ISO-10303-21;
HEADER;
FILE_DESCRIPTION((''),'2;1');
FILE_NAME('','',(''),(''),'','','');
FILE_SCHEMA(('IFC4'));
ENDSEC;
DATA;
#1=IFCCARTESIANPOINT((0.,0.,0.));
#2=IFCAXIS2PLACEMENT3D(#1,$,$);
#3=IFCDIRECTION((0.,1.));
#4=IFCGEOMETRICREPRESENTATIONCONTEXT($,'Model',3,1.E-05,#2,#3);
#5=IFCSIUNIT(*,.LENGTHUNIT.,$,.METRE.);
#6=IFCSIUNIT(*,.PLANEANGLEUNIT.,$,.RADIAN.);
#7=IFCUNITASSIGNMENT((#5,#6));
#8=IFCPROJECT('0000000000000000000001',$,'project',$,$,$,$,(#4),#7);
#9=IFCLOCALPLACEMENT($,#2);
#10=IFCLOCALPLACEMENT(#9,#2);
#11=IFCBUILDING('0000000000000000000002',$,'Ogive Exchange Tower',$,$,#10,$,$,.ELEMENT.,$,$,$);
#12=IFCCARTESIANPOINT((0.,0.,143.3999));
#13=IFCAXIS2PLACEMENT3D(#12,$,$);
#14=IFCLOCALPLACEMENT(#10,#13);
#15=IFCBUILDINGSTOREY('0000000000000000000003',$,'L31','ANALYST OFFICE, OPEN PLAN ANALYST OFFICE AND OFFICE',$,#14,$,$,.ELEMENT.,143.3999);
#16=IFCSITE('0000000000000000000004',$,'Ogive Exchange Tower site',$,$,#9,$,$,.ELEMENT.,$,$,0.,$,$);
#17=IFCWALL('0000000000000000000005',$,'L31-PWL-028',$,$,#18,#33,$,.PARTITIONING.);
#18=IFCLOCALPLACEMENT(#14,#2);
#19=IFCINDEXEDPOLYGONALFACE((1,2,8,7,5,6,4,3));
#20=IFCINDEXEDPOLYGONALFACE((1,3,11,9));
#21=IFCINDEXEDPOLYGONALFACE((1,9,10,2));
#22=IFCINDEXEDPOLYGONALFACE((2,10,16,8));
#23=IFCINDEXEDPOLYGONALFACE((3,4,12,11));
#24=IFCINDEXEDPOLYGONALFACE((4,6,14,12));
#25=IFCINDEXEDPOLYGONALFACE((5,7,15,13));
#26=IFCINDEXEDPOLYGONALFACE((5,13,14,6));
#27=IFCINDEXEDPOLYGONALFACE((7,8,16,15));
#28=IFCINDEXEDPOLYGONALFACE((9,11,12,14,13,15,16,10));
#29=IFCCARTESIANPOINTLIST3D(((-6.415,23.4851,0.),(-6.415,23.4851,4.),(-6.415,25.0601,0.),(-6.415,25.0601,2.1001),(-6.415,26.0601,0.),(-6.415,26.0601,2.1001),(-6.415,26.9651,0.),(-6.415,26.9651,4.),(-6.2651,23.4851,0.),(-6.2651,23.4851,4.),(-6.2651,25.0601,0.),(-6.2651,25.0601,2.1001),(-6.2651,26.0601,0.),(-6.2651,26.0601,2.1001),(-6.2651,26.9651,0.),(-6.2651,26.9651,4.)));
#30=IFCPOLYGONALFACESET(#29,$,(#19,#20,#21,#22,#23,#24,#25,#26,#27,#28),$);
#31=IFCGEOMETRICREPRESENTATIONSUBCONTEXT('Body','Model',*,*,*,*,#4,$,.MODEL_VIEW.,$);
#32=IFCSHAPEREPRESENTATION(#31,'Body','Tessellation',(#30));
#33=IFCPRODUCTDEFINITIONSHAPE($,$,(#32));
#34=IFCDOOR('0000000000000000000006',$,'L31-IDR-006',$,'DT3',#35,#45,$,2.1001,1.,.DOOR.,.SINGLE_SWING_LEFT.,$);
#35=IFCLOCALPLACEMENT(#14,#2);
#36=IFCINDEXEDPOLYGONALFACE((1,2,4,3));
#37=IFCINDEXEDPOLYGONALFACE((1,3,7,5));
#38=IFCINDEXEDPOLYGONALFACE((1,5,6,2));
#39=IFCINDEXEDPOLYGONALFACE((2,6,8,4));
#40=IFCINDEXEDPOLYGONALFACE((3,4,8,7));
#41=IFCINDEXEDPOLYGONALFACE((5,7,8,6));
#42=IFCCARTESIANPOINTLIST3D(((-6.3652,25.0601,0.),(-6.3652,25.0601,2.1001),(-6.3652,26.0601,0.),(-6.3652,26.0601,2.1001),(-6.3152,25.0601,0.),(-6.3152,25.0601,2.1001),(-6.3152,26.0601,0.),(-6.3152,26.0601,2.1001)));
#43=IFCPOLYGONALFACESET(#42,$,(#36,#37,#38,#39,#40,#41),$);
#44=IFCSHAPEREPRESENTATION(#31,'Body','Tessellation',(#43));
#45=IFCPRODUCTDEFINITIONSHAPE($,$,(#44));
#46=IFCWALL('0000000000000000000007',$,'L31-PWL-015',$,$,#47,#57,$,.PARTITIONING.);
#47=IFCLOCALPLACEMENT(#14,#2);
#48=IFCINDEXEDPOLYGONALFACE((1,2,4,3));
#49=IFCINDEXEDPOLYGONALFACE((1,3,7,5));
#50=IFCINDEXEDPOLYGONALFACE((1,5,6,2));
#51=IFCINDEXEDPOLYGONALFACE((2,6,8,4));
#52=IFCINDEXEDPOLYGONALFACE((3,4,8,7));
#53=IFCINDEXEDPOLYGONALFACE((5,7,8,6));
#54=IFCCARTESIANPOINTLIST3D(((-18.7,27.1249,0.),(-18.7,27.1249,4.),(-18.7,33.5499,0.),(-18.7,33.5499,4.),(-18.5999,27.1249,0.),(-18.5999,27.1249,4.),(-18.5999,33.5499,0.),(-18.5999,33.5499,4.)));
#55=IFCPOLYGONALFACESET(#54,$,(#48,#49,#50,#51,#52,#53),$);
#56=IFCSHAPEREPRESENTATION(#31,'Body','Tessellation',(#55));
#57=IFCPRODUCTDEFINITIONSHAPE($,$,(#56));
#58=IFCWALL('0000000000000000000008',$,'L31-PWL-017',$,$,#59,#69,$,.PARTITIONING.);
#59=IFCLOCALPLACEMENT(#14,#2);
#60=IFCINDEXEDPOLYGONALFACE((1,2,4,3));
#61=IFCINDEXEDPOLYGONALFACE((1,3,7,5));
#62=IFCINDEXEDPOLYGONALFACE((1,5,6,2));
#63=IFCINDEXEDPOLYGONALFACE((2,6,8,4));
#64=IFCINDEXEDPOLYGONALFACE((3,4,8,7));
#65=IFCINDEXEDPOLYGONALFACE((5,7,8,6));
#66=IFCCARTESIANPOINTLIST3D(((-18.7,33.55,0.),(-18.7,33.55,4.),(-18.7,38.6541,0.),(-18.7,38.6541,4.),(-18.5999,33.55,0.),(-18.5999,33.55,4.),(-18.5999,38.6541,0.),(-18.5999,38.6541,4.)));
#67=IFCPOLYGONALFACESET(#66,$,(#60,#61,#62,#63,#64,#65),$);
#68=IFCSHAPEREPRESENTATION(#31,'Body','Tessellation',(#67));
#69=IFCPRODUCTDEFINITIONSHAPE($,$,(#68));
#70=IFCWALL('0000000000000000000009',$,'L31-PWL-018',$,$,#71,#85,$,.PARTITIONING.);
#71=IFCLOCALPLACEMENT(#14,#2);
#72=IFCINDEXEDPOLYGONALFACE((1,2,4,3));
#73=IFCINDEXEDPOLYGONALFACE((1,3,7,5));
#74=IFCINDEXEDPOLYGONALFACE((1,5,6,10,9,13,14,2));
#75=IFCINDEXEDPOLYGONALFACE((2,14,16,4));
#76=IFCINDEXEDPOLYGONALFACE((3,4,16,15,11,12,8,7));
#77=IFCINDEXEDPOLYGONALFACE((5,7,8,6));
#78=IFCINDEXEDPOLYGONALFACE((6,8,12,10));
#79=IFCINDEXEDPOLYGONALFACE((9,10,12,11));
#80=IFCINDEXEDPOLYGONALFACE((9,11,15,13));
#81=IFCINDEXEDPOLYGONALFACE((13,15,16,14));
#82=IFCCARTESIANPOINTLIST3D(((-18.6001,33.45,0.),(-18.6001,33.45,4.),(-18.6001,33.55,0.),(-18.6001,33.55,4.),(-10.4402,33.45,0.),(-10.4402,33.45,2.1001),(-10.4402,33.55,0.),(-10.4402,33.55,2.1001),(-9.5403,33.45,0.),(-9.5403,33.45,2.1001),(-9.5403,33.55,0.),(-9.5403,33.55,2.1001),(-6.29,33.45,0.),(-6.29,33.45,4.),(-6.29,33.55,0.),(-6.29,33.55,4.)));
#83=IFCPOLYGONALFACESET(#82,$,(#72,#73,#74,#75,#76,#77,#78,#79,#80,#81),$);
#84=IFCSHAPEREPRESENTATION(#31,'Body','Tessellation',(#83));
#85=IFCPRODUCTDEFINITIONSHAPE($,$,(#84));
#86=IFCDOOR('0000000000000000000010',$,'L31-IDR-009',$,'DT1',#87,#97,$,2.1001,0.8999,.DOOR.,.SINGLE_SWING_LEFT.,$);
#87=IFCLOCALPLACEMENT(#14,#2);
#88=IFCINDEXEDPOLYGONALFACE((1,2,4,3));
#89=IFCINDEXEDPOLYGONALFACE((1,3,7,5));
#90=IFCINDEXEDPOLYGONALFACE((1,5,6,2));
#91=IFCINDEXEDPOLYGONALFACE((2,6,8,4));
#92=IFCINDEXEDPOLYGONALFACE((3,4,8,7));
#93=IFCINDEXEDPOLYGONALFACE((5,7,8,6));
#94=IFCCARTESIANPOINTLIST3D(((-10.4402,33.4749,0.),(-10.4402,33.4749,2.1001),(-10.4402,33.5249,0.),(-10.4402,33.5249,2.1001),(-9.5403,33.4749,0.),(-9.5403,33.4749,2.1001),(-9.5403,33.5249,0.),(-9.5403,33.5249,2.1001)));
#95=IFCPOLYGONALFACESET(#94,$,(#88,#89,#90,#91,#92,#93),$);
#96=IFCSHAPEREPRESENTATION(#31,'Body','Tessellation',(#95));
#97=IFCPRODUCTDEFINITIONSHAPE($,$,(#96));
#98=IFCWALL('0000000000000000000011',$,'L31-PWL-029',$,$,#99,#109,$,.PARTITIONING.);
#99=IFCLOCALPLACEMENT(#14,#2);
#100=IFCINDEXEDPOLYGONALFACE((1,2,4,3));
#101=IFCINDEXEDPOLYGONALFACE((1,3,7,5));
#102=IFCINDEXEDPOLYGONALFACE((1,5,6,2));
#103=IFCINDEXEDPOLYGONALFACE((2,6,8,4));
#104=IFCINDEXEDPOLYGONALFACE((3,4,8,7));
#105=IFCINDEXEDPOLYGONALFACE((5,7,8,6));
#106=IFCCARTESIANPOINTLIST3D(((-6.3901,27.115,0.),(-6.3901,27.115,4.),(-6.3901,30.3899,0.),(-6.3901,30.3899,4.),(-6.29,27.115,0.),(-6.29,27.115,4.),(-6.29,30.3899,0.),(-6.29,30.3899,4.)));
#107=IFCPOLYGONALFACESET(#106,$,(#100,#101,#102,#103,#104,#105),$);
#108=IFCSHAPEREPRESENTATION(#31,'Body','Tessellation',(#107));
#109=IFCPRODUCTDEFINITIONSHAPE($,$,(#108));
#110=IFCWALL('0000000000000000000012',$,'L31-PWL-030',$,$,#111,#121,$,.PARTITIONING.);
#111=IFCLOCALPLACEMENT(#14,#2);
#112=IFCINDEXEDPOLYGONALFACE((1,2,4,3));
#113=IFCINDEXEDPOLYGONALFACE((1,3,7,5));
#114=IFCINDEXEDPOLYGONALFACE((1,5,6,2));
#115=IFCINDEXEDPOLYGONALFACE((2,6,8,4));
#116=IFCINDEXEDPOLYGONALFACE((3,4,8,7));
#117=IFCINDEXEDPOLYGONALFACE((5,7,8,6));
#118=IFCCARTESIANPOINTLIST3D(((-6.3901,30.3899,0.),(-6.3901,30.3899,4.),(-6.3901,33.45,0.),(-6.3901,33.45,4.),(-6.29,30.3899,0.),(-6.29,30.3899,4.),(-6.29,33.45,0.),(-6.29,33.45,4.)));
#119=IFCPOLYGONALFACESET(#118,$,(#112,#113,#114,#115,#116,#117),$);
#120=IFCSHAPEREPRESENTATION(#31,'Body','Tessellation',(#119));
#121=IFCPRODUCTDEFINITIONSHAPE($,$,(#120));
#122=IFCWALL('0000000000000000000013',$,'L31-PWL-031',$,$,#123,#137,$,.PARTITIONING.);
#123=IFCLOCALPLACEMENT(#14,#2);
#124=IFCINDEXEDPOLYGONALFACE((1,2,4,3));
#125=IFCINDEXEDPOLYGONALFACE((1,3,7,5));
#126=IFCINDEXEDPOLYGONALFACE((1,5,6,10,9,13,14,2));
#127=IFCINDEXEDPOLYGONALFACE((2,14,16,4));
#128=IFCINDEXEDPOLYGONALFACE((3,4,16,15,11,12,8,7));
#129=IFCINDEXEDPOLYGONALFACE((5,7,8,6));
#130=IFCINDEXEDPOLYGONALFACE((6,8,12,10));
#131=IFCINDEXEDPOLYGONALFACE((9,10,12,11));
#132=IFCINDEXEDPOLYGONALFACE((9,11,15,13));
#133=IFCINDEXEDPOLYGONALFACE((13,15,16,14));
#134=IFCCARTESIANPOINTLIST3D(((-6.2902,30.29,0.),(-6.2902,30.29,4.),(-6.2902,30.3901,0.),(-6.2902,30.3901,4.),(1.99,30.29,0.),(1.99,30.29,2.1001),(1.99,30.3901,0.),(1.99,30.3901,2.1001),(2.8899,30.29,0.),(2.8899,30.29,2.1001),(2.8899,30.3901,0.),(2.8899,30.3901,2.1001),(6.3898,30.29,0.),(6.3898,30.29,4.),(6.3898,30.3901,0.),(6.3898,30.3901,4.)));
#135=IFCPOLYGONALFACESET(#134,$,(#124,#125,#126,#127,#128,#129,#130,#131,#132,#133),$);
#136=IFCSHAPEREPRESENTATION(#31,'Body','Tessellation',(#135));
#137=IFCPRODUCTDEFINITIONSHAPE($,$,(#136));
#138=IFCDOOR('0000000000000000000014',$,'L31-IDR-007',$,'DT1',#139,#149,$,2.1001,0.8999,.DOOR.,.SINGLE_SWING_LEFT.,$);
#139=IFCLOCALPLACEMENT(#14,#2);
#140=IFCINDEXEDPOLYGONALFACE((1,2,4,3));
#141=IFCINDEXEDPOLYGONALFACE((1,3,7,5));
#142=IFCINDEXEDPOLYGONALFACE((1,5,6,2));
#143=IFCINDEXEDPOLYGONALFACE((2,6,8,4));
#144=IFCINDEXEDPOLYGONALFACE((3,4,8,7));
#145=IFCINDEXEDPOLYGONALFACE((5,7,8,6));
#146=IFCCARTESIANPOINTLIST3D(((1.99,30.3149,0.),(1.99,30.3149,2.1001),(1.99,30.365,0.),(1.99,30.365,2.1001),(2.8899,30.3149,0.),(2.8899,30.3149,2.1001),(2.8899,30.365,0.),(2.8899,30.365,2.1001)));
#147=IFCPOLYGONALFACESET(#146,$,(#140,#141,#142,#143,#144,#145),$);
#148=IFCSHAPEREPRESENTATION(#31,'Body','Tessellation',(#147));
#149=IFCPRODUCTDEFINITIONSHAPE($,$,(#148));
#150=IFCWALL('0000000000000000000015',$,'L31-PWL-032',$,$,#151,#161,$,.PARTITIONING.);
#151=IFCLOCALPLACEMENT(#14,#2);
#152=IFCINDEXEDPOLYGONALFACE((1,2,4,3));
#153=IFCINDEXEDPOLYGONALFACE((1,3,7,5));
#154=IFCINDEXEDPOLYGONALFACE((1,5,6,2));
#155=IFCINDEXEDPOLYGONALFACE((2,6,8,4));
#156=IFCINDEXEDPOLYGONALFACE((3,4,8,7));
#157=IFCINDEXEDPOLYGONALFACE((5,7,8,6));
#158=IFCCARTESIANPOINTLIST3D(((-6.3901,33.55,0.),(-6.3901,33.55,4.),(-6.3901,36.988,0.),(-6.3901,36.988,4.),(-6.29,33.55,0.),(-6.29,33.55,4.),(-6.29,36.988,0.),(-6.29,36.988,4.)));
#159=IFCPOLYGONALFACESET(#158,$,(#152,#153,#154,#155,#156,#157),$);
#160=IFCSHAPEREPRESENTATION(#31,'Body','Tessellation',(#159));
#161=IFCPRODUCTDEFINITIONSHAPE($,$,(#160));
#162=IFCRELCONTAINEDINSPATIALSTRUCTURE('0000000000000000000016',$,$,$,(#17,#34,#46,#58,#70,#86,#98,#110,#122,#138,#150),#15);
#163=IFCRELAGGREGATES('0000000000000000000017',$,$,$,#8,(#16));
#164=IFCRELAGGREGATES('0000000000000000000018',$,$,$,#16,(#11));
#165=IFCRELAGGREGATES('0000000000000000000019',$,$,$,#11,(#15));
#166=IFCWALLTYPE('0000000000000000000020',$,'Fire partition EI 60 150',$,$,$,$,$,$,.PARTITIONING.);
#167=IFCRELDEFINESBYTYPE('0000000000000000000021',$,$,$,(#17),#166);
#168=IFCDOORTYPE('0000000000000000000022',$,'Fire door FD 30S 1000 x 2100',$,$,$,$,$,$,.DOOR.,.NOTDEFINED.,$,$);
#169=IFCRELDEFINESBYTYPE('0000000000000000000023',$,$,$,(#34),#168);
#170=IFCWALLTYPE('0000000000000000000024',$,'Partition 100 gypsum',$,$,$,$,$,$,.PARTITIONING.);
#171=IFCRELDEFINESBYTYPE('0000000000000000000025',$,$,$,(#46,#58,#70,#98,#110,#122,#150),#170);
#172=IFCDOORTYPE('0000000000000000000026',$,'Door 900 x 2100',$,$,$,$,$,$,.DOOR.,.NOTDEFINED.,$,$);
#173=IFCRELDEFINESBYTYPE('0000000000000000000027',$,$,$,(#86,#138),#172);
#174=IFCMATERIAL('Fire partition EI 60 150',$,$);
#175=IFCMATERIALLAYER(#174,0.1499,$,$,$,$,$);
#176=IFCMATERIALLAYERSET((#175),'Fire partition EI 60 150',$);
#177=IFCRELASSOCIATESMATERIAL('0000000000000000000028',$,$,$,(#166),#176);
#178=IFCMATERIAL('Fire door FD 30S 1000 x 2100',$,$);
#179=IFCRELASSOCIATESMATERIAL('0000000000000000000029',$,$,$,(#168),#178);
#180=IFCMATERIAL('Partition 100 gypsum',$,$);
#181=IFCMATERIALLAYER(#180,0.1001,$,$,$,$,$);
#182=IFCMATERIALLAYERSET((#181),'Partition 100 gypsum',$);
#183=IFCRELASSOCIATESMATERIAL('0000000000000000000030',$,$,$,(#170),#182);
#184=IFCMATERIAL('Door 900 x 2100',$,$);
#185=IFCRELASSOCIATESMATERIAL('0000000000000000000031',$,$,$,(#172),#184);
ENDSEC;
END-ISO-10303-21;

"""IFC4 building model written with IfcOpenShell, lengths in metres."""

from ifc_helpers import new_model, si_unit, direction, frame, frame_2d, origin, place, context, subcontext, project, spatial, rectangle, extrude, material, layer, layer_set, type_object, element, fill, save


model = new_model("IFC4")

# Units and contexts
model_context = context("Model", 3, precision=1e-05, world=origin(), true_north=direction((0.0, 1.0)))
body_context = subcontext(model_context, "Body", "Model", "MODEL_VIEW")
ifc_project = project(units=[si_unit("LENGTHUNIT", "METRE"), si_unit("PLANEANGLEUNIT", "RADIAN")], contexts=[model_context])

# Site, building, storey
site_placement = place(None, origin())
site = spatial("IfcSite", under=ifc_project, at=site_placement, Name="Ogive Exchange Tower site", CompositionType="ELEMENT", RefElevation=0.0)
building_placement = place(site_placement, origin())
building = spatial("IfcBuilding", under=site, at=building_placement, Name="Ogive Exchange Tower", CompositionType="ELEMENT")
storey_placement = place(building_placement, frame((0.0, 0.0, 143.3999)))
storey = spatial("IfcBuildingStorey", under=building, at=storey_placement, Name="L31", Description="ANALYST OFFICE, OPEN PLAN ANALYST OFFICE AND OFFICE", CompositionType="ELEMENT", Elevation=143.3999)

# Shared definitions
ifc_material_1 = material(Name="Fire partition EI 60 150")
ifc_layer_1 = layer(ifc_material_1, 0.1499)
ifc_layer_set_1 = layer_set([ifc_layer_1], Name="Fire partition EI 60 150")
wall_type_1 = type_object("IfcWallType", Name="Fire partition EI 60 150", PredefinedType="PARTITIONING", material=ifc_layer_set_1)
ifc_material_2 = material(Name="Fire door FD 30S 1000 x 2100")
door_type_1 = type_object("IfcDoorType", Name="Fire door FD 30S 1000 x 2100", OperationType="NOTDEFINED", PredefinedType="DOOR", material=ifc_material_2)

# Wall, opening, door
wall_1_placement = place(storey_placement, frame((-6.3401, 26.9651, 0.0), z_axis=(0.0, 0.0, 1.0), x_axis=(0.0, -1.0, 0.0)))
wall_1 = element("IfcWall", 1, at=wall_1_placement, inside=storey, type_object=wall_type_1, Name="L31-PWL-028", PredefinedType="PARTITIONING", context=body_context, shape_type="SweptSolid", body=[
    extrude(rectangle(XDim=3.48, YDim=0.1499, at=frame_2d((1.74, 0.0))), origin(), (0.0, 0.0, 1.0), 4.0),
])
opening_1_placement = place(wall_1_placement, frame((0.905, 0.0, 0.0)))
opening_1 = element("IfcOpeningElement", 2, at=opening_1_placement, cuts=wall_1, PredefinedType="OPENING", context=body_context, shape_type="SweptSolid", body=[
    extrude(rectangle(XDim=1.0, YDim=2.1001, at=frame_2d((0.5, 1.05))), frame((0.0, 0.085, 0.0), z_axis=(0.0, -1.0, 0.0), x_axis=(1.0, 0.0, 0.0)), (0.0, 0.0, 1.0), 0.1699),
])
door_1_placement = place(opening_1_placement, origin())
door_1 = element("IfcDoor", 3, at=door_1_placement, inside=storey, type_object=door_type_1, Name="L31-IDR-006", ObjectType="DT3", OperationType="SINGLE_SWING_LEFT", OverallHeight=2.1001, OverallWidth=1.0, PredefinedType="DOOR", context=body_context, shape_type="SweptSolid", body=[
    extrude(rectangle(XDim=1.0, YDim=2.1001, at=frame_2d((0.5, 1.05))), frame((0.0, 0.0249, 0.0), z_axis=(0.0, -1.0, 0.0), x_axis=(1.0, 0.0, 0.0)), (0.0, 0.0, 1.0), 0.05),
])
fill(opening_1, door_1)

# Walls
ifc_material_3 = material(Name="Partition 100 gypsum")
ifc_layer_2 = layer(ifc_material_3, 0.1001)
ifc_layer_set_2 = layer_set([ifc_layer_2], Name="Partition 100 gypsum")
wall_type_2 = type_object("IfcWallType", Name="Partition 100 gypsum", PredefinedType="PARTITIONING", material=ifc_layer_set_2)
wall_2_placement = place(storey_placement, frame((-18.6499, 27.125, 0.0), z_axis=(0.0, 0.0, 1.0), x_axis=(0.0, 1.0, 0.0)))
element("IfcWall", 4, at=wall_2_placement, inside=storey, type_object=wall_type_2, Name="L31-PWL-015", PredefinedType="PARTITIONING", context=body_context, shape_type="SweptSolid", body=[
    extrude(rectangle(XDim=6.425, YDim=0.1001, at=frame_2d((3.2124, 0.0))), origin(), (0.0, 0.0, 1.0), 4.0),
])
wall_3_placement = place(storey_placement, frame((-18.6499, 33.55, 0.0), z_axis=(0.0, 0.0, 1.0), x_axis=(0.0, 1.0, 0.0)))
element("IfcWall", 5, at=wall_3_placement, inside=storey, type_object=wall_type_2, Name="L31-PWL-017", PredefinedType="PARTITIONING", context=body_context, shape_type="SweptSolid", body=[
    extrude(rectangle(XDim=5.104, YDim=0.1001, at=frame_2d((2.552, 0.0))), origin(), (0.0, 0.0, 1.0), 4.0),
])

# Wall, opening, door
wall_4_placement = place(storey_placement, frame((-18.6001, 33.5, 0.0), z_axis=(0.0, 0.0, 1.0), x_axis=(1.0, 0.0, 0.0)))
wall_4 = element("IfcWall", 6, at=wall_4_placement, inside=storey, type_object=wall_type_2, Name="L31-PWL-018", PredefinedType="PARTITIONING", context=body_context, shape_type="SweptSolid", body=[
    extrude(rectangle(XDim=12.3101, YDim=0.1001, at=frame_2d((6.155, 0.0))), origin(), (0.0, 0.0, 1.0), 4.0),
])
opening_2_placement = place(wall_4_placement, frame((8.1599, 0.0, 0.0)))
opening_2 = element("IfcOpeningElement", 7, at=opening_2_placement, cuts=wall_4, PredefinedType="OPENING", context=body_context, shape_type="SweptSolid", body=[
    extrude(rectangle(XDim=0.8999, YDim=2.1001, at=frame_2d((0.45, 1.05))), frame((0.0, 0.0601, 0.0), z_axis=(0.0, -1.0, 0.0), x_axis=(1.0, 0.0, 0.0)), (0.0, 0.0, 1.0), 0.1201),
])
ifc_material_4 = material(Name="Door 900 x 2100")
door_type_2 = type_object("IfcDoorType", Name="Door 900 x 2100", OperationType="NOTDEFINED", PredefinedType="DOOR", material=ifc_material_4)
door_2_placement = place(opening_2_placement, origin())
door_2 = element("IfcDoor", 8, at=door_2_placement, inside=storey, type_object=door_type_2, Name="L31-IDR-009", ObjectType="DT1", OperationType="SINGLE_SWING_LEFT", OverallHeight=2.1001, OverallWidth=0.8999, PredefinedType="DOOR", context=body_context, shape_type="SweptSolid", body=[
    extrude(rectangle(XDim=0.8999, YDim=2.1001, at=frame_2d((0.45, 1.05))), frame((0.0, 0.0249, 0.0), z_axis=(0.0, -1.0, 0.0), x_axis=(1.0, 0.0, 0.0)), (0.0, 0.0, 1.0), 0.05),
])
fill(opening_2, door_2)

# Walls
wall_5_placement = place(storey_placement, frame((-6.3401, 27.115, 0.0), z_axis=(0.0, 0.0, 1.0), x_axis=(0.0, 1.0, 0.0)))
element("IfcWall", 9, at=wall_5_placement, inside=storey, type_object=wall_type_2, Name="L31-PWL-029", PredefinedType="PARTITIONING", context=body_context, shape_type="SweptSolid", body=[
    extrude(rectangle(XDim=3.2749, YDim=0.1001, at=frame_2d((1.6375, 0.0))), origin(), (0.0, 0.0, 1.0), 4.0),
])
wall_6_placement = place(storey_placement, frame((-6.3401, 30.3899, 0.0), z_axis=(0.0, 0.0, 1.0), x_axis=(0.0, 1.0, 0.0)))
element("IfcWall", 10, at=wall_6_placement, inside=storey, type_object=wall_type_2, Name="L31-PWL-030", PredefinedType="PARTITIONING", context=body_context, shape_type="SweptSolid", body=[
    extrude(rectangle(XDim=3.0601, YDim=0.1001, at=frame_2d((1.53, 0.0))), origin(), (0.0, 0.0, 1.0), 4.0),
])

# Wall, opening, door
wall_7_placement = place(storey_placement, frame((-6.29, 30.3401, 0.0), z_axis=(0.0, 0.0, 1.0), x_axis=(1.0, 0.0, 0.0)))
wall_7 = element("IfcWall", 11, at=wall_7_placement, inside=storey, type_object=wall_type_2, Name="L31-PWL-031", PredefinedType="PARTITIONING", context=body_context, shape_type="SweptSolid", body=[
    extrude(rectangle(XDim=12.6799, YDim=0.1001, at=frame_2d((6.3398, 0.0))), origin(), (0.0, 0.0, 1.0), 4.0),
])
opening_3_placement = place(wall_7_placement, frame((8.28, 0.0, 0.0)))
opening_3 = element("IfcOpeningElement", 12, at=opening_3_placement, cuts=wall_7, PredefinedType="OPENING", context=body_context, shape_type="SweptSolid", body=[
    extrude(rectangle(XDim=0.8999, YDim=2.1001, at=frame_2d((0.45, 1.05))), frame((0.0, 0.0601, 0.0), z_axis=(0.0, -1.0, 0.0), x_axis=(1.0, 0.0, 0.0)), (0.0, 0.0, 1.0), 0.1201),
])
door_3_placement = place(opening_3_placement, origin())
door_3 = element("IfcDoor", 13, at=door_3_placement, inside=storey, type_object=door_type_2, Name="L31-IDR-007", ObjectType="DT1", OperationType="SINGLE_SWING_LEFT", OverallHeight=2.1001, OverallWidth=0.8999, PredefinedType="DOOR", context=body_context, shape_type="SweptSolid", body=[
    extrude(rectangle(XDim=0.8999, YDim=2.1001, at=frame_2d((0.45, 1.05))), frame((0.0, 0.0249, 0.0), z_axis=(0.0, -1.0, 0.0), x_axis=(1.0, 0.0, 0.0)), (0.0, 0.0, 1.0), 0.05),
])
fill(opening_3, door_3)

# Wall
wall_8_placement = place(storey_placement, frame((-6.3401, 33.55, 0.0), z_axis=(0.0, 0.0, 1.0), x_axis=(0.0, 1.0, 0.0)))
element("IfcWall", 14, at=wall_8_placement, inside=storey, type_object=wall_type_2, Name="L31-PWL-032", PredefinedType="PARTITIONING", context=body_context, shape_type="SweptSolid", body=[
    extrude(rectangle(XDim=3.438, YDim=0.1001, at=frame_2d((1.719, 0.0))), origin(), (0.0, 0.0, 1.0), 4.0),
])

save(model, "model.ifc")
